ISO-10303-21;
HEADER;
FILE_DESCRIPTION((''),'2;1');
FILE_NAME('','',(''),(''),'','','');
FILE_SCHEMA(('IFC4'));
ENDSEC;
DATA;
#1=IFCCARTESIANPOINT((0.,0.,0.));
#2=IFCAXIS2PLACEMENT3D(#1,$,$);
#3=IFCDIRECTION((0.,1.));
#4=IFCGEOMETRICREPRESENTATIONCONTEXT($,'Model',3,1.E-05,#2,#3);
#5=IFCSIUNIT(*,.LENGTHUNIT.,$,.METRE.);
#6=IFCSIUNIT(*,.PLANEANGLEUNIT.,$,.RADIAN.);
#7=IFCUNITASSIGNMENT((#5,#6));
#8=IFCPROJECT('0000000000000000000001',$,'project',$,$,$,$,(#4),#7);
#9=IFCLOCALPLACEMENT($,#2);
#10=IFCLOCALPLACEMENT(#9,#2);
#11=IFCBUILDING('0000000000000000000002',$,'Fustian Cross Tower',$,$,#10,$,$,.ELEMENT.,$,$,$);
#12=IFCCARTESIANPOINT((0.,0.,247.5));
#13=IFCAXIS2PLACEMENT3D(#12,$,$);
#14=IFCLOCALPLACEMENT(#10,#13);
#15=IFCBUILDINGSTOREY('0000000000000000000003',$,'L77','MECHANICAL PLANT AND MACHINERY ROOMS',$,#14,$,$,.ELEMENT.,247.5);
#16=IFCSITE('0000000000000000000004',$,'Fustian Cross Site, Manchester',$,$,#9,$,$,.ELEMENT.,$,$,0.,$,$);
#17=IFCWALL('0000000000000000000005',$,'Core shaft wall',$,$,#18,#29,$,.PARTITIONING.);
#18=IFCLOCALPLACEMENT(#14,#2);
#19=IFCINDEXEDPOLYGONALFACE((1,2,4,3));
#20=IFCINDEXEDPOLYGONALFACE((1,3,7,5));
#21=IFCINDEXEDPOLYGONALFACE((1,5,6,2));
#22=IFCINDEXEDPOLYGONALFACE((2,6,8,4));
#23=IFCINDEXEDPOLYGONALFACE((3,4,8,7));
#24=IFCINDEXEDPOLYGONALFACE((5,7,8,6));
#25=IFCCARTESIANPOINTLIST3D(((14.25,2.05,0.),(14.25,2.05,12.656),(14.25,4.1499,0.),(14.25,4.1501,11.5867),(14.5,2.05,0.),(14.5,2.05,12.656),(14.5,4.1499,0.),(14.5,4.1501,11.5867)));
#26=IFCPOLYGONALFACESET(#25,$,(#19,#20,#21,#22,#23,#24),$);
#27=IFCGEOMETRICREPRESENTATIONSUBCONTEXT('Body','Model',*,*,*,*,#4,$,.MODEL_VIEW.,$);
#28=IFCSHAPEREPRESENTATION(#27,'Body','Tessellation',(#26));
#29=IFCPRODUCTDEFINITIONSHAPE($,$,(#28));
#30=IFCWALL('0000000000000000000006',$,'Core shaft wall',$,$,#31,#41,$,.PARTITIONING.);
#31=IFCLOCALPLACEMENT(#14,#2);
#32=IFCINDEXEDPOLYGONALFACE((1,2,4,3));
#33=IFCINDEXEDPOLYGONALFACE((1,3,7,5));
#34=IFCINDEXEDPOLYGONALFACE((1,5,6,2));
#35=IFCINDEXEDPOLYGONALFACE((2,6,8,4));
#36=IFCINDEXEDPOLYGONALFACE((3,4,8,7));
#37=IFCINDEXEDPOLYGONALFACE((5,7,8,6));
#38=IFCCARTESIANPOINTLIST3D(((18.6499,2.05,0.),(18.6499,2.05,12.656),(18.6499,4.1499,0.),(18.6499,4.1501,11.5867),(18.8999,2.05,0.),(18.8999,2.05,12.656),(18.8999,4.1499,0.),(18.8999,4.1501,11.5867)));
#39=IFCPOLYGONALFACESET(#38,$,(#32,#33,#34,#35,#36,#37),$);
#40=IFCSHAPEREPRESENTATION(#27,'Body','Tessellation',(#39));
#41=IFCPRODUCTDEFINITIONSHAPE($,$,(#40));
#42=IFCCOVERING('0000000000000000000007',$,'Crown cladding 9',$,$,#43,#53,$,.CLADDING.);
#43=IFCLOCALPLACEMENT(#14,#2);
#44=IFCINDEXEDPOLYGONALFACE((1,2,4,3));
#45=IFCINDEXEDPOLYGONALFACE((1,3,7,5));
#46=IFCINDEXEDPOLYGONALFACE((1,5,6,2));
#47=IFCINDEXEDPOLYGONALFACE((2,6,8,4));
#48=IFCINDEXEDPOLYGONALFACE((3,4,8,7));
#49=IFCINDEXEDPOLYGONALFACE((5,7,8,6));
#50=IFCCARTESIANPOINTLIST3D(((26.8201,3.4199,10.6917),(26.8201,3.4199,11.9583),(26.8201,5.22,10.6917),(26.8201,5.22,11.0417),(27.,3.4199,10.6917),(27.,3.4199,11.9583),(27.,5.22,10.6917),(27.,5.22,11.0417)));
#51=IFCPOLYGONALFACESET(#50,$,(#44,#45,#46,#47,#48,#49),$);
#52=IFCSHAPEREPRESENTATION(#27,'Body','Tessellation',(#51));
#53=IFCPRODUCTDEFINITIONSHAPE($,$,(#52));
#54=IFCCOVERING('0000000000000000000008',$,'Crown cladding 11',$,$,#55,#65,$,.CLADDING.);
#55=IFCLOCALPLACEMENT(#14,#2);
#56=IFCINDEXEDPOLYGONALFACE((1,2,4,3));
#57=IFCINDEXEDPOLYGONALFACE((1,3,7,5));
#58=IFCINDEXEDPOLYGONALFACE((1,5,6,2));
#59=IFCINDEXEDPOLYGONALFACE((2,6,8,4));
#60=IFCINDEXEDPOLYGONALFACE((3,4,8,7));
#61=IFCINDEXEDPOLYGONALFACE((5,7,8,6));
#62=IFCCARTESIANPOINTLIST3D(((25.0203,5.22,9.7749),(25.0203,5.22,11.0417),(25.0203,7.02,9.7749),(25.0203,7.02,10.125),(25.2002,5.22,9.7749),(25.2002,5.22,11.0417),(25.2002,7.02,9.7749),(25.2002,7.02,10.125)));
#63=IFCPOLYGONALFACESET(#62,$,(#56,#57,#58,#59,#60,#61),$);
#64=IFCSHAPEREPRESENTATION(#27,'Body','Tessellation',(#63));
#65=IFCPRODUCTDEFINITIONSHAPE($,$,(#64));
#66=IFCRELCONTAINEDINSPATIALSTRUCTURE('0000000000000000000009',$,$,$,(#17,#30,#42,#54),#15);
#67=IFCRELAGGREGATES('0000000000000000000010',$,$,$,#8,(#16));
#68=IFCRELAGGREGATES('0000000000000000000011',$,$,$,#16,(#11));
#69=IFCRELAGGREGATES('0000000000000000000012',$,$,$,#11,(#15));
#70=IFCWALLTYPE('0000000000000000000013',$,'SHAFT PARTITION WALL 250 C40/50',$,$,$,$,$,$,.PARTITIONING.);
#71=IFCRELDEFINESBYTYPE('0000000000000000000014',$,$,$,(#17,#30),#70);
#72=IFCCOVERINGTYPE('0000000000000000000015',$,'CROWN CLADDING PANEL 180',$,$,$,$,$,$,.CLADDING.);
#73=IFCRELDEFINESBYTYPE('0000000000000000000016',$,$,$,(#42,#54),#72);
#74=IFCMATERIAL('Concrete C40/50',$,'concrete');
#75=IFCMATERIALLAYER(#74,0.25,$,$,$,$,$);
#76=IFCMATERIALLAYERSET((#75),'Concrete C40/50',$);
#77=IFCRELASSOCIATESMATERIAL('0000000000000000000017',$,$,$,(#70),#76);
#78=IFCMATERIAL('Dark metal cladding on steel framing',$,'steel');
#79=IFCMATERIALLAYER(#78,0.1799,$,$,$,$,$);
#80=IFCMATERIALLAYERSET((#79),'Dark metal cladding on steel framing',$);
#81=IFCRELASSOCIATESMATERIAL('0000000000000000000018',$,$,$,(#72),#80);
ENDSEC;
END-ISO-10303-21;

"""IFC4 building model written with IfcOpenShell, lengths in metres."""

from ifc_helpers import new_model, si_unit, direction, frame, origin, place, context, subcontext, project, spatial, polyline, outline, extrude, material, layer, layer_set, type_object, element, save


model = new_model("IFC4")

# Units and contexts
model_context = context("Model", 3, precision=1e-05, world=origin(), true_north=direction((0.0, 1.0)))
body_context = subcontext(model_context, "Body", "Model", "MODEL_VIEW")
ifc_project = project(units=[si_unit("LENGTHUNIT", "METRE"), si_unit("PLANEANGLEUNIT", "RADIAN")], contexts=[model_context])

# Site, building, storey
site_placement = place(None, origin())
site = spatial("IfcSite", under=ifc_project, at=site_placement, Name="Fustian Cross Site, Manchester", CompositionType="ELEMENT", RefElevation=0.0)
building_placement = place(site_placement, origin())
building = spatial("IfcBuilding", under=site, at=building_placement, Name="Fustian Cross Tower", CompositionType="ELEMENT")
storey_placement = place(building_placement, frame((0.0, 0.0, 247.5)))
storey = spatial("IfcBuildingStorey", under=building, at=storey_placement, Name="L77", Description="MECHANICAL PLANT AND MACHINERY ROOMS", CompositionType="ELEMENT", Elevation=247.5)

# Walls
ifc_material_1 = material(Name="Concrete C40/50", Category="concrete")
ifc_layer_1 = layer(ifc_material_1, 0.25)
ifc_layer_set_1 = layer_set([ifc_layer_1], Name="Concrete C40/50")
wall_type_1 = type_object("IfcWallType", Name="SHAFT PARTITION WALL 250 C40/50", PredefinedType="PARTITIONING", material=ifc_layer_set_1)
for number, where, z_axis, x_axis, name in (
    (1, (14.375, 2.05, 0.0), (0.0, 0.0, 1.0), (0.0, 1.0, 0.0), "Core shaft wall"),
    (2, (18.7749, 2.05, 0.0), (0.0, 0.0, 1.0), (0.0, 1.0, 0.0), "Core shaft wall"),
):
    element("IfcWall", number, at=place(storey_placement, frame(where, z_axis=z_axis, x_axis=x_axis)), inside=storey, type_object=wall_type_1, Name=name, PredefinedType="PARTITIONING", context=body_context, shape_type="SweptSolid", body=[
        extrude(outline(polyline([(0.0, 0.0), (2.0999, 0.0), (2.1001, 11.5867), (0.0, 12.656), (0.0, 0.0)])), frame((0.0, 0.125, 0.0), z_axis=(0.0, -1.0, 0.0), x_axis=(1.0, 0.0, 0.0)), (0.0, 0.0, 1.0), 0.25),
    ])

# Coverings
ifc_material_2 = material(Name="Dark metal cladding on steel framing", Category="steel")
ifc_layer_2 = layer(ifc_material_2, 0.1799)
ifc_layer_set_2 = layer_set([ifc_layer_2], Name="Dark metal cladding on steel framing")
covering_type = type_object("IfcCoveringType", Name="CROWN CLADDING PANEL 180", PredefinedType="CLADDING", material=ifc_layer_set_2)
covering_1_placement = place(storey_placement, frame((26.9099, 3.4199, 10.6917), z_axis=(0.0, 0.0, 1.0), x_axis=(0.0, 1.0, 0.0)))
element("IfcCovering", 3, at=covering_1_placement, inside=storey, type_object=covering_type, Name="Crown cladding 9", PredefinedType="CLADDING", context=body_context, shape_type="SweptSolid", body=[
    extrude(outline(polyline([(0.0, 0.0), (1.8, 0.0), (1.8, 0.3501), (0.0, 1.2666), (0.0, 0.0)])), frame((0.0, 0.0898, 0.0), z_axis=(0.0, -1.0, 0.0), x_axis=(1.0, 0.0, 0.0)), (0.0, 0.0, 1.0), 0.1799),
])
covering_2_placement = place(storey_placement, frame((25.1101, 5.22, 9.7749), z_axis=(0.0, 0.0, 1.0), x_axis=(0.0, 1.0, 0.0)))
element("IfcCovering", 4, at=covering_2_placement, inside=storey, type_object=covering_type, Name="Crown cladding 11", PredefinedType="CLADDING", context=body_context, shape_type="SweptSolid", body=[
    extrude(outline(polyline([(0.0, 0.0), (1.8, 0.0), (1.8, 0.3501), (0.0, 1.2668), (0.0, 0.0)])), frame((0.0, 0.0898, 0.0), z_axis=(0.0, -1.0, 0.0), x_axis=(1.0, 0.0, 0.0)), (0.0, 0.0, 1.0), 0.1799),
])

save(model, "model.ifc")
